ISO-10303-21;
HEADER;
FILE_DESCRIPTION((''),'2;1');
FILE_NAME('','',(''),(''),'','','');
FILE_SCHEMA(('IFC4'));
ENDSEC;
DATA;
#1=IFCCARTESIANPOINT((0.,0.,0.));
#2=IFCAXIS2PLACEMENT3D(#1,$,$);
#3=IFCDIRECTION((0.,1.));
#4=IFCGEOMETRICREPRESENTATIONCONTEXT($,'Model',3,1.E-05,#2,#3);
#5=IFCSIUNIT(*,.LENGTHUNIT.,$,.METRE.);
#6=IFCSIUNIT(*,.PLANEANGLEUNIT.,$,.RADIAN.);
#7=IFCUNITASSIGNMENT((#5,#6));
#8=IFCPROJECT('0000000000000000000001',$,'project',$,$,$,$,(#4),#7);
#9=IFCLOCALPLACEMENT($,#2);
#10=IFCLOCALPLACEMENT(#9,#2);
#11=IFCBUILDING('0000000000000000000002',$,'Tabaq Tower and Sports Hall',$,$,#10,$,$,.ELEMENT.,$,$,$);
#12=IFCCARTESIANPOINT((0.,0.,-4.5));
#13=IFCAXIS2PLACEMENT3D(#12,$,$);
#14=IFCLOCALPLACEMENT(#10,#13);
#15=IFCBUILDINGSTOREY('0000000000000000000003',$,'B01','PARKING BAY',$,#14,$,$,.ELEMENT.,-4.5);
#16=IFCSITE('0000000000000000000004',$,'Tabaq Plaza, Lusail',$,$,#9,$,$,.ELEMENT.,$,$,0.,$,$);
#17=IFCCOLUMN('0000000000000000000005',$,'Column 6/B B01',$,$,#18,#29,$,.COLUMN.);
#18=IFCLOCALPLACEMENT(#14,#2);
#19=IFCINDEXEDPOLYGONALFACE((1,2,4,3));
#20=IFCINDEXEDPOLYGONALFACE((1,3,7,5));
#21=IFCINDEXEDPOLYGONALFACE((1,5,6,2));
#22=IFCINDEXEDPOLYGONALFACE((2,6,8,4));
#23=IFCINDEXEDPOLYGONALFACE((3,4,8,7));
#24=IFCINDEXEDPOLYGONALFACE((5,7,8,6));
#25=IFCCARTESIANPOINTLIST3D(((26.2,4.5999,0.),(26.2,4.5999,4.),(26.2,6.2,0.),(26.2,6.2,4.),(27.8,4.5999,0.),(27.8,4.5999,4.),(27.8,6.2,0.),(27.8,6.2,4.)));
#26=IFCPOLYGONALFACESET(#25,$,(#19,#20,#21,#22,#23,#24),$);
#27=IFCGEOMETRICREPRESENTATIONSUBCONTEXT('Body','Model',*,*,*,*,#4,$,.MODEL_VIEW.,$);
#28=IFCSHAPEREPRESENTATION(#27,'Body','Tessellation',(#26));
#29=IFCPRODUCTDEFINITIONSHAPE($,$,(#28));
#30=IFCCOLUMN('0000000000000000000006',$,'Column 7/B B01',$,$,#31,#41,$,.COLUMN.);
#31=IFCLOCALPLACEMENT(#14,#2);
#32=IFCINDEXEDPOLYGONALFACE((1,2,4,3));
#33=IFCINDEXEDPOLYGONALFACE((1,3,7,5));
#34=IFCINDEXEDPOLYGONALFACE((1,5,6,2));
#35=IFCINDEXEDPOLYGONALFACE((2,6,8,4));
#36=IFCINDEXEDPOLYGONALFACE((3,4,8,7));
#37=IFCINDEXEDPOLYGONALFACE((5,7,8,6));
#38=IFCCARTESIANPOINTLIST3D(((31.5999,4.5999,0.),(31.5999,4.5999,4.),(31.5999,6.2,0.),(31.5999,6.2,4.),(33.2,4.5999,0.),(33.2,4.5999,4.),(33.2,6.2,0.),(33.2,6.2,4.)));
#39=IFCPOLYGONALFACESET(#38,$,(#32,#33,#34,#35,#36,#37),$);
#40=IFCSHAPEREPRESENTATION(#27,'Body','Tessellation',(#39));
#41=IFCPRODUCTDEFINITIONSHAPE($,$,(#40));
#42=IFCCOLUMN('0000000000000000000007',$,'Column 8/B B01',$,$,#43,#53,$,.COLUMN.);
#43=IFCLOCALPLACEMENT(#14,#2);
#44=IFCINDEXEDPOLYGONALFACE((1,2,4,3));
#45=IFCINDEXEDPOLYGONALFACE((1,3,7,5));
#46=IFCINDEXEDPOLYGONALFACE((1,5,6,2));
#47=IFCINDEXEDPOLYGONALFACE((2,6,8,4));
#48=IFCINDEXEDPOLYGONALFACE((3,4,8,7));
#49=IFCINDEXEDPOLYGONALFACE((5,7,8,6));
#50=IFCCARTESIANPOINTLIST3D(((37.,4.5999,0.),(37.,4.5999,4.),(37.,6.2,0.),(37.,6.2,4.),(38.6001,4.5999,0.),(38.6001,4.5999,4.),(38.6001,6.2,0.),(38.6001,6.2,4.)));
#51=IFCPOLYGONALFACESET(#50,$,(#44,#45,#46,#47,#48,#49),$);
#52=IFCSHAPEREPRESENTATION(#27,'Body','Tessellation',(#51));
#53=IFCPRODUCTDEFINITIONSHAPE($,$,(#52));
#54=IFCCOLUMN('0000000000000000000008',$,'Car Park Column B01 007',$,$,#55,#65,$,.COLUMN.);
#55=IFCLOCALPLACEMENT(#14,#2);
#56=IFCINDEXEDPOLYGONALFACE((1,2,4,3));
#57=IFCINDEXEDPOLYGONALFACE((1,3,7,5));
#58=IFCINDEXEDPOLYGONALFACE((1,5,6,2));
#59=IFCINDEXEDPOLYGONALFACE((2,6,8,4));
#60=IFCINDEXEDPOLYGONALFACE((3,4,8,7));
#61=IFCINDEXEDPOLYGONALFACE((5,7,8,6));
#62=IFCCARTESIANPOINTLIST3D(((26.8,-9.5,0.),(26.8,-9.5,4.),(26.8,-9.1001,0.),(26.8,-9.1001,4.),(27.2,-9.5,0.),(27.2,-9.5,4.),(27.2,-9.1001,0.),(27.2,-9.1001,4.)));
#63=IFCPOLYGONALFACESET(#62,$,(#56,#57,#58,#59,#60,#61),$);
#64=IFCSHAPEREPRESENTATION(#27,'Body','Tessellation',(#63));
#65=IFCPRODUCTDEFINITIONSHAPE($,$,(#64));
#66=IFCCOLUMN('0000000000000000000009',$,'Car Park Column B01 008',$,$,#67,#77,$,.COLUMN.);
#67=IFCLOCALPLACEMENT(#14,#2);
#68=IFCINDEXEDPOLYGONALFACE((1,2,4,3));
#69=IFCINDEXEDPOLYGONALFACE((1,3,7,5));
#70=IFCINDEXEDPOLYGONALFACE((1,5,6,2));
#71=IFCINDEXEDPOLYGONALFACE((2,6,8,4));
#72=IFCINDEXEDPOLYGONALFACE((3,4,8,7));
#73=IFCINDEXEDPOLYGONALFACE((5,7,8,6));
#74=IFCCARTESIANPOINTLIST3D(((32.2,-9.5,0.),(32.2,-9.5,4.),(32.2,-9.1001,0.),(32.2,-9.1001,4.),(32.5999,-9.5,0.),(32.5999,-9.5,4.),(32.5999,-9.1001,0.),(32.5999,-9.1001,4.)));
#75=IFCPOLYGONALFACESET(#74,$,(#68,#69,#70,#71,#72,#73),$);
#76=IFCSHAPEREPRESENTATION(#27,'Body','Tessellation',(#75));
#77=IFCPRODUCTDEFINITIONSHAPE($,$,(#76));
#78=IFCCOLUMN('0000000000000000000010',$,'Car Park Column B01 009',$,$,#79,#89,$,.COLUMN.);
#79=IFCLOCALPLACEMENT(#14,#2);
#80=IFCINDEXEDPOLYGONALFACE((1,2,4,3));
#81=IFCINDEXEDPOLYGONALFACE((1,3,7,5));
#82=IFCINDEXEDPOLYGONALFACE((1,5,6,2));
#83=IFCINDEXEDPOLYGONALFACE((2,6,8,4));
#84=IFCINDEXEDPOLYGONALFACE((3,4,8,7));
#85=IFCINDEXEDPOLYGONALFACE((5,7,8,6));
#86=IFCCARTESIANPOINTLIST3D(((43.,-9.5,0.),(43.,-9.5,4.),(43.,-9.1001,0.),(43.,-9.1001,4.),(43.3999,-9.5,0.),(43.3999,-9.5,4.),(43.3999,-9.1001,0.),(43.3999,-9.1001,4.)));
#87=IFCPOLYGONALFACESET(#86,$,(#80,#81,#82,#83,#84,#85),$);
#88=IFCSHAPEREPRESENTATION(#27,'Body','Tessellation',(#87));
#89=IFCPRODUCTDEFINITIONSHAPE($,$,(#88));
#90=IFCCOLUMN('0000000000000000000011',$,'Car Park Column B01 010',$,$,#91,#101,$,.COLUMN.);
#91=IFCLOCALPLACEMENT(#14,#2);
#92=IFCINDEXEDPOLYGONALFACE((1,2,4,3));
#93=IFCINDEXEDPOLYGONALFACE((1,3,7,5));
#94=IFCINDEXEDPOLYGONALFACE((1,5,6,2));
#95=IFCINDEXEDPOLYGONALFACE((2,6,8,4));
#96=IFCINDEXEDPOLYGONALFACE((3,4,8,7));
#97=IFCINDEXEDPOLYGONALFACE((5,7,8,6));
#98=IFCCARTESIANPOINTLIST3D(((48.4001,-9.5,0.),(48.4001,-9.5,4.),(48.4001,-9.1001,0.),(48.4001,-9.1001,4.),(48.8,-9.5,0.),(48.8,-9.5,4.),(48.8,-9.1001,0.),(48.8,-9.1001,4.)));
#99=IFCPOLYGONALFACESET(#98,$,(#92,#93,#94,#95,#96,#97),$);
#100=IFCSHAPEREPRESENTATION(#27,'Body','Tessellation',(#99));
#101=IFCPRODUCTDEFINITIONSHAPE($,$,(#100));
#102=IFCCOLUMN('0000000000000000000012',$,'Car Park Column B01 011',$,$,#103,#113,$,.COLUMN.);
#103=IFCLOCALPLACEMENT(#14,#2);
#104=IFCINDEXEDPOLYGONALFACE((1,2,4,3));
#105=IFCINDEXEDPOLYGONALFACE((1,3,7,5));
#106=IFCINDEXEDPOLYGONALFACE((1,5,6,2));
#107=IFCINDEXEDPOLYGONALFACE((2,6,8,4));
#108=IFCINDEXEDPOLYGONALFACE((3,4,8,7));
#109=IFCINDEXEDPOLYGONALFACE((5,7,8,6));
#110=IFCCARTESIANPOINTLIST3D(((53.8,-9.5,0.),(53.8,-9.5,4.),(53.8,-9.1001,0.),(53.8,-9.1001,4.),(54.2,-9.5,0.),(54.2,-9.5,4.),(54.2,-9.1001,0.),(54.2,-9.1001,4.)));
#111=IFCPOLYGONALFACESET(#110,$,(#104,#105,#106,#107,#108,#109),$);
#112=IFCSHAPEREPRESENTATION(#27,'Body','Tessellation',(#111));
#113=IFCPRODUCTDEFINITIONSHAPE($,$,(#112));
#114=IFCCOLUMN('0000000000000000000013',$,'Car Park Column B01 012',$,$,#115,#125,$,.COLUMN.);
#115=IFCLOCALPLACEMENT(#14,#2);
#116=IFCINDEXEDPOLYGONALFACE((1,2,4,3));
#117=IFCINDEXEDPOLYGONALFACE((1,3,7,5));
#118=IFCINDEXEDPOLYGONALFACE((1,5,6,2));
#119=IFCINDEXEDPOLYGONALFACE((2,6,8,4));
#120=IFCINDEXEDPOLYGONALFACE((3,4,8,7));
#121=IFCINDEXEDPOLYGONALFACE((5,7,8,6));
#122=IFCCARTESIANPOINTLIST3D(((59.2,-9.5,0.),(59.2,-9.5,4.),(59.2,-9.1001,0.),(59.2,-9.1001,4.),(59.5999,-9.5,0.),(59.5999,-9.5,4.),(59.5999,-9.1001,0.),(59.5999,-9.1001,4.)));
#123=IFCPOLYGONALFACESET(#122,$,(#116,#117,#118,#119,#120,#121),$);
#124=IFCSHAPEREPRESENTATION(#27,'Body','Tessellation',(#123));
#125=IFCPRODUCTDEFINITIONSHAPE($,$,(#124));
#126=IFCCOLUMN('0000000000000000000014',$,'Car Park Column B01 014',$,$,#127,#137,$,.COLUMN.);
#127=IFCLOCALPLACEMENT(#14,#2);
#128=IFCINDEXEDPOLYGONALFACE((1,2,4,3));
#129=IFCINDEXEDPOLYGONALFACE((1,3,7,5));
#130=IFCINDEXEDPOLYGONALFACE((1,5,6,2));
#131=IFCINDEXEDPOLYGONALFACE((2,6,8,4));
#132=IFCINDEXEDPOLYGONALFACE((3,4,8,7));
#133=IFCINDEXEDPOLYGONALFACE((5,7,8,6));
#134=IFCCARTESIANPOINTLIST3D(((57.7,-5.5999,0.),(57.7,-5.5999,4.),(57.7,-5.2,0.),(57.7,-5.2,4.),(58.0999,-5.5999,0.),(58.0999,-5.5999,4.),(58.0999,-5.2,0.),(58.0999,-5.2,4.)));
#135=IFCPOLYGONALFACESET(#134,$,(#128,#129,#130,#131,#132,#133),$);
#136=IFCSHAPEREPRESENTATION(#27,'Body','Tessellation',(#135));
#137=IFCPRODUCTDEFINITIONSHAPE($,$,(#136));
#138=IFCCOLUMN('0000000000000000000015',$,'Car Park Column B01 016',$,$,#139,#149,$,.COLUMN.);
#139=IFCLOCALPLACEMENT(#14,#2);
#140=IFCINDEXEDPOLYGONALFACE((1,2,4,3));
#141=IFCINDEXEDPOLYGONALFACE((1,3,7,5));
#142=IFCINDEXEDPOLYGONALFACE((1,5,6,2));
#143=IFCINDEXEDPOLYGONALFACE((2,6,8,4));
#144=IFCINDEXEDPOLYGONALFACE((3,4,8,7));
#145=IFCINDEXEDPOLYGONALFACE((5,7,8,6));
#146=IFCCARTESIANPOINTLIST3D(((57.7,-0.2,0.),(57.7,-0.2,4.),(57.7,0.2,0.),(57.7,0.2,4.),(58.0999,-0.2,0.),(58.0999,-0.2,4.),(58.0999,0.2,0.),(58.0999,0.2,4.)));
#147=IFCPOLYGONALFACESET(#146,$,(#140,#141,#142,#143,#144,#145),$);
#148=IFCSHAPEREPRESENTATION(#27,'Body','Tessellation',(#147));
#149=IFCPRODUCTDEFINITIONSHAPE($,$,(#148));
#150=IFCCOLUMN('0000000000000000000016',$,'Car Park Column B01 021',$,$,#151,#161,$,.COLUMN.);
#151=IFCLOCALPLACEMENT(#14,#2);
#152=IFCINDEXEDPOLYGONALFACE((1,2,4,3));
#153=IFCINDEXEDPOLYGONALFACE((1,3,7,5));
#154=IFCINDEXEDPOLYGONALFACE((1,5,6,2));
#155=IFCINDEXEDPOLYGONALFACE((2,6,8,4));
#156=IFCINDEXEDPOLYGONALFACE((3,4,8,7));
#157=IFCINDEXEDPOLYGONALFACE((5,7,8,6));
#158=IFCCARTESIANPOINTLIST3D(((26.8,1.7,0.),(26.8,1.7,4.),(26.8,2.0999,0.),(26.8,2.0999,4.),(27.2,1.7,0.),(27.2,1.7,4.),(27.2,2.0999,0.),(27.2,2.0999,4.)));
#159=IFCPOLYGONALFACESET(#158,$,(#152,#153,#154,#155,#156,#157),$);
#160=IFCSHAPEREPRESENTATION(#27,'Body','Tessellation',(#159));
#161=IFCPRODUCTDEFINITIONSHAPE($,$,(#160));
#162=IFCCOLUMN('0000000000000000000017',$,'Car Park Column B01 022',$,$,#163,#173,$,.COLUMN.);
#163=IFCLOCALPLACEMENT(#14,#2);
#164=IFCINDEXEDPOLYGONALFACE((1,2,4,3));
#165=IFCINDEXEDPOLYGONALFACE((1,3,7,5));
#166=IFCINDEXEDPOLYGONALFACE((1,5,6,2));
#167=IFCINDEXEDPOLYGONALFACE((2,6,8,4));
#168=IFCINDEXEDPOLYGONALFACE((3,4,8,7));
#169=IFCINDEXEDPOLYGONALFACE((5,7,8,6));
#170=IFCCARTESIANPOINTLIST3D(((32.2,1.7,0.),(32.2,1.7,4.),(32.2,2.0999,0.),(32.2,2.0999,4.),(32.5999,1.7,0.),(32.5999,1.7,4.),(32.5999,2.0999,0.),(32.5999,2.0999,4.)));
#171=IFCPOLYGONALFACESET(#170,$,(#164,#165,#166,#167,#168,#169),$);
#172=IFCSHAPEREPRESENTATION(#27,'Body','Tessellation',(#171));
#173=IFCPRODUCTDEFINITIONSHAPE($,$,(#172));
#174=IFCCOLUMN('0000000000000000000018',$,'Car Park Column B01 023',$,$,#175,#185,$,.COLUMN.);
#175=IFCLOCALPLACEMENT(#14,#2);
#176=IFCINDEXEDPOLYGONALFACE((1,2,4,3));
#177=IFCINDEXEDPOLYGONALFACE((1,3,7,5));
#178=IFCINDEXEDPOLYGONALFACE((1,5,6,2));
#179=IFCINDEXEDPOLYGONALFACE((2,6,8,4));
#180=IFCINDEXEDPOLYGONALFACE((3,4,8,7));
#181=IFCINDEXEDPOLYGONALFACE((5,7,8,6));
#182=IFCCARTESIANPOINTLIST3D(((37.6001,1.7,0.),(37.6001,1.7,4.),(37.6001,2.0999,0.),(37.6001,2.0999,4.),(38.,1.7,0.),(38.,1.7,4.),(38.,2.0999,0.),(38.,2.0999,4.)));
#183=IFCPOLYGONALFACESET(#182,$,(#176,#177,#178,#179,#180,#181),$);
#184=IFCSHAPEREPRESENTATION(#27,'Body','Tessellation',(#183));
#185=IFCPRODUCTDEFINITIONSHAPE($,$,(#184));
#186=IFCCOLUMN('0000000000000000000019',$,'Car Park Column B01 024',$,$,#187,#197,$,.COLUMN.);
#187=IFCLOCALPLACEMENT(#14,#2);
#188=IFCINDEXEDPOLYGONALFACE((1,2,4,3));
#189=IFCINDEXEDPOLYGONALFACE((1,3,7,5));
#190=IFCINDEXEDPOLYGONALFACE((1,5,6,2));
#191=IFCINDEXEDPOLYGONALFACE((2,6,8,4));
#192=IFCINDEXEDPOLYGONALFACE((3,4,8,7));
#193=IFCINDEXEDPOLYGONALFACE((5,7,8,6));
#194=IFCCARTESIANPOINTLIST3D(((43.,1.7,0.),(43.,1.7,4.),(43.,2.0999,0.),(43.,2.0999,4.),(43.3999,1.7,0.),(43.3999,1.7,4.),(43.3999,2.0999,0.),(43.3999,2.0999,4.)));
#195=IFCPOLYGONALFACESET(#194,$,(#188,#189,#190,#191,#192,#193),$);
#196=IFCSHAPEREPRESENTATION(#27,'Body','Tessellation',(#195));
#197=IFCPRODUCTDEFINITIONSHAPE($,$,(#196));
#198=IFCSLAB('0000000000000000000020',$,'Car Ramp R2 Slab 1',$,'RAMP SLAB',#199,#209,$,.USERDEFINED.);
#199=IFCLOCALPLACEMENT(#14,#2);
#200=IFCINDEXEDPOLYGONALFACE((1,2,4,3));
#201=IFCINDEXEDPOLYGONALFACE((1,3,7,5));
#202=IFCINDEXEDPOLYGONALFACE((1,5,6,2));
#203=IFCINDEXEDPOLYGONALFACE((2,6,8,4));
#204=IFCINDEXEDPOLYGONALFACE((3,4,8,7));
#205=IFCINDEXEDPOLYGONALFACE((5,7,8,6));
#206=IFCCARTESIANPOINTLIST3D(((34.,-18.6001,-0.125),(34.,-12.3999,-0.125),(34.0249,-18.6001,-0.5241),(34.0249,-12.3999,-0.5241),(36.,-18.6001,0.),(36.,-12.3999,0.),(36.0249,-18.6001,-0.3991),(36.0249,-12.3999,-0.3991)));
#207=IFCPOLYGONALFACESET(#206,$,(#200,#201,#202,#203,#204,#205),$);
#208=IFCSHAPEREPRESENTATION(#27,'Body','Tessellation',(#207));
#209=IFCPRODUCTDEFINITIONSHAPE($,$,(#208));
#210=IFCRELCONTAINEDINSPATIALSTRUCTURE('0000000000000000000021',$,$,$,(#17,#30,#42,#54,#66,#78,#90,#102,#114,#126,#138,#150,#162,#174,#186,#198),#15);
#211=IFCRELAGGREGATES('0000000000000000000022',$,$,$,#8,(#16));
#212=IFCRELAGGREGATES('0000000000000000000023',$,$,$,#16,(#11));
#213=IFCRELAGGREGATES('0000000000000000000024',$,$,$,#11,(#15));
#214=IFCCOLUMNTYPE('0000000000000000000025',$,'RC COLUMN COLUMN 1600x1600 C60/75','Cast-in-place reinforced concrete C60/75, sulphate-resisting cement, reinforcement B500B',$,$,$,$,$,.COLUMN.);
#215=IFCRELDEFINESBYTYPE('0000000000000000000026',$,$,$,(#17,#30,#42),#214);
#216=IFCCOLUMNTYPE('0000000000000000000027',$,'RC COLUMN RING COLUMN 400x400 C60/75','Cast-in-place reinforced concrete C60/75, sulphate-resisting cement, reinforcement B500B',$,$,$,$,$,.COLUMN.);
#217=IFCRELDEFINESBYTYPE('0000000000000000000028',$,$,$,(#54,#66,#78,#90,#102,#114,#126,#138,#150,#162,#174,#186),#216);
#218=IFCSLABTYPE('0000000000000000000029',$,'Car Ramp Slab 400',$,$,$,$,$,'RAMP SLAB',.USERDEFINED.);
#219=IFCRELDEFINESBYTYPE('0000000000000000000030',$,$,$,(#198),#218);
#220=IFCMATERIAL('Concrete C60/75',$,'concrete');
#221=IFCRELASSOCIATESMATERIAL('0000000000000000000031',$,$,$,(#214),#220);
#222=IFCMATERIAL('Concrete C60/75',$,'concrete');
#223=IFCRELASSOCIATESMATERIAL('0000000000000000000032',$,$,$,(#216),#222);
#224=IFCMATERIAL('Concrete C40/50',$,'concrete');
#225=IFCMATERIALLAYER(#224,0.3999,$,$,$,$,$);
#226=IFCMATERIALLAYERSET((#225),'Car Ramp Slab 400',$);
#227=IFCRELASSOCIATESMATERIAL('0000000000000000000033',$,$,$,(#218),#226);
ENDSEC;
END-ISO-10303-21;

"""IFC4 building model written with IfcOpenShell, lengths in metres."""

from ifc_helpers import new_model, si_unit, direction, frame, origin, origin_2d, place, context, subcontext, project, spatial, polyline, rectangle, outline, extrude, material, layer, layer_set, material_profile, profile_set, type_object, element, save


model = new_model("IFC4")

# Units and contexts
model_context = context("Model", 3, precision=1e-05, world=origin(), true_north=direction((0.0, 1.0)))
body_context = subcontext(model_context, "Body", "Model", "MODEL_VIEW")
ifc_project = project(units=[si_unit("LENGTHUNIT", "METRE"), si_unit("PLANEANGLEUNIT", "RADIAN")], contexts=[model_context])

# Site, building, storey
site_placement = place(None, origin())
site = spatial("IfcSite", under=ifc_project, at=site_placement, Name="Tabaq Plaza, Lusail", CompositionType="ELEMENT", RefElevation=0.0)
building_placement = place(site_placement, origin())
building = spatial("IfcBuilding", under=site, at=building_placement, Name="Tabaq Tower and Sports Hall", CompositionType="ELEMENT")
storey_placement = place(building_placement, frame((0.0, 0.0, -4.5)))
storey = spatial("IfcBuildingStorey", under=building, at=storey_placement, Name="B01", Description="PARKING BAY", CompositionType="ELEMENT", Elevation=-4.5)

# Columns
ifc_material_1 = material(Name="Concrete C60/75", Category="concrete")
ifc_material_profile_1 = material_profile(ifc_material_1, rectangle(XDim=1.6001, YDim=1.6001, at=origin_2d()), Name="COLUMN 1600x1600")
ifc_profile_set_1 = profile_set([ifc_material_profile_1], Name="Concrete C60/75")
column_type_1 = type_object("IfcColumnType", Name="RC COLUMN COLUMN 1600x1600 C60/75", Description="Cast-in-place reinforced concrete C60/75, sulphate-resisting cement, reinforcement B500B", PredefinedType="COLUMN", material=ifc_profile_set_1)
for number, where, z_axis, x_axis, name in (
    (1, (27.0, 5.3999, 0.0), (0.0, 0.0, 1.0), (1.0, 0.0, 0.0), "Column 6/B B01"),
    (2, (32.3999, 5.3999, 0.0), (0.0, 0.0, 1.0), (1.0, 0.0, 0.0), "Column 7/B B01"),
    (3, (37.8, 5.3999, 0.0), (0.0, 0.0, 1.0), (1.0, 0.0, 0.0), "Column 8/B B01"),
):
    element("IfcColumn", number, at=place(storey_placement, frame(where, z_axis=z_axis, x_axis=x_axis)), inside=storey, type_object=column_type_1, Name=name, PredefinedType="COLUMN", context=body_context, shape_type="SweptSolid", body=[
        extrude(rectangle(XDim=1.6001, YDim=1.6001, at=origin_2d()), origin(), (0.0, 0.0, 1.0), 4.0),
    ])
ifc_material_2 = material(Name="Concrete C60/75", Category="concrete")
ifc_material_profile_2 = material_profile(ifc_material_2, rectangle(XDim=0.3999, YDim=0.3999, at=origin_2d()), Name="RING COLUMN 400x400")
ifc_profile_set_2 = profile_set([ifc_material_profile_2], Name="Concrete C60/75")
column_type_2 = type_object("IfcColumnType", Name="RC COLUMN RING COLUMN 400x400 C60/75", Description="Cast-in-place reinforced concrete C60/75, sulphate-resisting cement, reinforcement B500B", PredefinedType="COLUMN", material=ifc_profile_set_2)
for number, where, z_axis, x_axis, name in (
    (4, (27.0, -9.3, 0.0), (0.0, 0.0, 1.0), (1.0, 0.0, 0.0), "Car Park Column B01 007"),
    (5, (32.3999, -9.3, 0.0), (0.0, 0.0, 1.0), (1.0, 0.0, 0.0), "Car Park Column B01 008"),
    (6, (43.2, -9.3, 0.0), (0.0, 0.0, 1.0), (1.0, 0.0, 0.0), "Car Park Column B01 009"),
    (7, (48.6001, -9.3, 0.0), (0.0, 0.0, 1.0), (1.0, 0.0, 0.0), "Car Park Column B01 010"),
    (8, (54.0, -9.3, 0.0), (0.0, 0.0, 1.0), (1.0, 0.0, 0.0), "Car Park Column B01 011"),
    (9, (59.3999, -9.3, 0.0), (0.0, 0.0, 1.0), (1.0, 0.0, 0.0), "Car Park Column B01 012"),
    (10, (57.8999, -5.3999, 0.0), (0.0, 0.0, 1.0), (1.0, 0.0, 0.0), "Car Park Column B01 014"),
    (11, (57.8999, 0.0, 0.0), (0.0, 0.0, 1.0), (1.0, 0.0, 0.0), "Car Park Column B01 016"),
    (12, (27.0, 1.8999, 0.0), (0.0, 0.0, 1.0), (1.0, 0.0, 0.0), "Car Park Column B01 021"),
    (13, (32.3999, 1.8999, 0.0), (0.0, 0.0, 1.0), (1.0, 0.0, 0.0), "Car Park Column B01 022"),
    (14, (37.8, 1.8999, 0.0), (0.0, 0.0, 1.0), (1.0, 0.0, 0.0), "Car Park Column B01 023"),
    (15, (43.2, 1.8999, 0.0), (0.0, 0.0, 1.0), (1.0, 0.0, 0.0), "Car Park Column B01 024"),
):
    element("IfcColumn", number, at=place(storey_placement, frame(where, z_axis=z_axis, x_axis=x_axis)), inside=storey, type_object=column_type_2, Name=name, PredefinedType="COLUMN", context=body_context, shape_type="SweptSolid", body=[
        extrude(rectangle(XDim=0.3999, YDim=0.3999, at=origin_2d()), origin(), (0.0, 0.0, 1.0), 4.0),
    ])

# Slab
ifc_material_3 = material(Name="Concrete C40/50", Category="concrete")
ifc_layer_1 = layer(ifc_material_3, 0.3999)
ifc_layer_set_1 = layer_set([ifc_layer_1], Name="Car Ramp Slab 400")
slab_type = type_object("IfcSlabType", Name="Car Ramp Slab 400", ElementType="RAMP SLAB", PredefinedType="USERDEFINED", material=ifc_layer_set_1)
slab_placement = place(storey_placement, frame((34.0, -18.6001, -0.125), z_axis=(-0.062378, 0.0, 0.998053), x_axis=(0.998053, 0.0, 0.062378)))
element("IfcSlab", 16, at=slab_placement, inside=storey, type_object=slab_type, Name="Car Ramp R2 Slab 1", ObjectType="RAMP SLAB", PredefinedType="USERDEFINED", context=body_context, shape_type="SweptSolid", body=[
    extrude(outline(polyline([(0.0, 0.0), (2.0039, 0.0), (2.0039, 6.2002), (0.0, 6.2002), (0.0, 0.0)])), origin(), (0.0, 0.0, -1.0), 0.3999),
])

save(model, "model.ifc")
